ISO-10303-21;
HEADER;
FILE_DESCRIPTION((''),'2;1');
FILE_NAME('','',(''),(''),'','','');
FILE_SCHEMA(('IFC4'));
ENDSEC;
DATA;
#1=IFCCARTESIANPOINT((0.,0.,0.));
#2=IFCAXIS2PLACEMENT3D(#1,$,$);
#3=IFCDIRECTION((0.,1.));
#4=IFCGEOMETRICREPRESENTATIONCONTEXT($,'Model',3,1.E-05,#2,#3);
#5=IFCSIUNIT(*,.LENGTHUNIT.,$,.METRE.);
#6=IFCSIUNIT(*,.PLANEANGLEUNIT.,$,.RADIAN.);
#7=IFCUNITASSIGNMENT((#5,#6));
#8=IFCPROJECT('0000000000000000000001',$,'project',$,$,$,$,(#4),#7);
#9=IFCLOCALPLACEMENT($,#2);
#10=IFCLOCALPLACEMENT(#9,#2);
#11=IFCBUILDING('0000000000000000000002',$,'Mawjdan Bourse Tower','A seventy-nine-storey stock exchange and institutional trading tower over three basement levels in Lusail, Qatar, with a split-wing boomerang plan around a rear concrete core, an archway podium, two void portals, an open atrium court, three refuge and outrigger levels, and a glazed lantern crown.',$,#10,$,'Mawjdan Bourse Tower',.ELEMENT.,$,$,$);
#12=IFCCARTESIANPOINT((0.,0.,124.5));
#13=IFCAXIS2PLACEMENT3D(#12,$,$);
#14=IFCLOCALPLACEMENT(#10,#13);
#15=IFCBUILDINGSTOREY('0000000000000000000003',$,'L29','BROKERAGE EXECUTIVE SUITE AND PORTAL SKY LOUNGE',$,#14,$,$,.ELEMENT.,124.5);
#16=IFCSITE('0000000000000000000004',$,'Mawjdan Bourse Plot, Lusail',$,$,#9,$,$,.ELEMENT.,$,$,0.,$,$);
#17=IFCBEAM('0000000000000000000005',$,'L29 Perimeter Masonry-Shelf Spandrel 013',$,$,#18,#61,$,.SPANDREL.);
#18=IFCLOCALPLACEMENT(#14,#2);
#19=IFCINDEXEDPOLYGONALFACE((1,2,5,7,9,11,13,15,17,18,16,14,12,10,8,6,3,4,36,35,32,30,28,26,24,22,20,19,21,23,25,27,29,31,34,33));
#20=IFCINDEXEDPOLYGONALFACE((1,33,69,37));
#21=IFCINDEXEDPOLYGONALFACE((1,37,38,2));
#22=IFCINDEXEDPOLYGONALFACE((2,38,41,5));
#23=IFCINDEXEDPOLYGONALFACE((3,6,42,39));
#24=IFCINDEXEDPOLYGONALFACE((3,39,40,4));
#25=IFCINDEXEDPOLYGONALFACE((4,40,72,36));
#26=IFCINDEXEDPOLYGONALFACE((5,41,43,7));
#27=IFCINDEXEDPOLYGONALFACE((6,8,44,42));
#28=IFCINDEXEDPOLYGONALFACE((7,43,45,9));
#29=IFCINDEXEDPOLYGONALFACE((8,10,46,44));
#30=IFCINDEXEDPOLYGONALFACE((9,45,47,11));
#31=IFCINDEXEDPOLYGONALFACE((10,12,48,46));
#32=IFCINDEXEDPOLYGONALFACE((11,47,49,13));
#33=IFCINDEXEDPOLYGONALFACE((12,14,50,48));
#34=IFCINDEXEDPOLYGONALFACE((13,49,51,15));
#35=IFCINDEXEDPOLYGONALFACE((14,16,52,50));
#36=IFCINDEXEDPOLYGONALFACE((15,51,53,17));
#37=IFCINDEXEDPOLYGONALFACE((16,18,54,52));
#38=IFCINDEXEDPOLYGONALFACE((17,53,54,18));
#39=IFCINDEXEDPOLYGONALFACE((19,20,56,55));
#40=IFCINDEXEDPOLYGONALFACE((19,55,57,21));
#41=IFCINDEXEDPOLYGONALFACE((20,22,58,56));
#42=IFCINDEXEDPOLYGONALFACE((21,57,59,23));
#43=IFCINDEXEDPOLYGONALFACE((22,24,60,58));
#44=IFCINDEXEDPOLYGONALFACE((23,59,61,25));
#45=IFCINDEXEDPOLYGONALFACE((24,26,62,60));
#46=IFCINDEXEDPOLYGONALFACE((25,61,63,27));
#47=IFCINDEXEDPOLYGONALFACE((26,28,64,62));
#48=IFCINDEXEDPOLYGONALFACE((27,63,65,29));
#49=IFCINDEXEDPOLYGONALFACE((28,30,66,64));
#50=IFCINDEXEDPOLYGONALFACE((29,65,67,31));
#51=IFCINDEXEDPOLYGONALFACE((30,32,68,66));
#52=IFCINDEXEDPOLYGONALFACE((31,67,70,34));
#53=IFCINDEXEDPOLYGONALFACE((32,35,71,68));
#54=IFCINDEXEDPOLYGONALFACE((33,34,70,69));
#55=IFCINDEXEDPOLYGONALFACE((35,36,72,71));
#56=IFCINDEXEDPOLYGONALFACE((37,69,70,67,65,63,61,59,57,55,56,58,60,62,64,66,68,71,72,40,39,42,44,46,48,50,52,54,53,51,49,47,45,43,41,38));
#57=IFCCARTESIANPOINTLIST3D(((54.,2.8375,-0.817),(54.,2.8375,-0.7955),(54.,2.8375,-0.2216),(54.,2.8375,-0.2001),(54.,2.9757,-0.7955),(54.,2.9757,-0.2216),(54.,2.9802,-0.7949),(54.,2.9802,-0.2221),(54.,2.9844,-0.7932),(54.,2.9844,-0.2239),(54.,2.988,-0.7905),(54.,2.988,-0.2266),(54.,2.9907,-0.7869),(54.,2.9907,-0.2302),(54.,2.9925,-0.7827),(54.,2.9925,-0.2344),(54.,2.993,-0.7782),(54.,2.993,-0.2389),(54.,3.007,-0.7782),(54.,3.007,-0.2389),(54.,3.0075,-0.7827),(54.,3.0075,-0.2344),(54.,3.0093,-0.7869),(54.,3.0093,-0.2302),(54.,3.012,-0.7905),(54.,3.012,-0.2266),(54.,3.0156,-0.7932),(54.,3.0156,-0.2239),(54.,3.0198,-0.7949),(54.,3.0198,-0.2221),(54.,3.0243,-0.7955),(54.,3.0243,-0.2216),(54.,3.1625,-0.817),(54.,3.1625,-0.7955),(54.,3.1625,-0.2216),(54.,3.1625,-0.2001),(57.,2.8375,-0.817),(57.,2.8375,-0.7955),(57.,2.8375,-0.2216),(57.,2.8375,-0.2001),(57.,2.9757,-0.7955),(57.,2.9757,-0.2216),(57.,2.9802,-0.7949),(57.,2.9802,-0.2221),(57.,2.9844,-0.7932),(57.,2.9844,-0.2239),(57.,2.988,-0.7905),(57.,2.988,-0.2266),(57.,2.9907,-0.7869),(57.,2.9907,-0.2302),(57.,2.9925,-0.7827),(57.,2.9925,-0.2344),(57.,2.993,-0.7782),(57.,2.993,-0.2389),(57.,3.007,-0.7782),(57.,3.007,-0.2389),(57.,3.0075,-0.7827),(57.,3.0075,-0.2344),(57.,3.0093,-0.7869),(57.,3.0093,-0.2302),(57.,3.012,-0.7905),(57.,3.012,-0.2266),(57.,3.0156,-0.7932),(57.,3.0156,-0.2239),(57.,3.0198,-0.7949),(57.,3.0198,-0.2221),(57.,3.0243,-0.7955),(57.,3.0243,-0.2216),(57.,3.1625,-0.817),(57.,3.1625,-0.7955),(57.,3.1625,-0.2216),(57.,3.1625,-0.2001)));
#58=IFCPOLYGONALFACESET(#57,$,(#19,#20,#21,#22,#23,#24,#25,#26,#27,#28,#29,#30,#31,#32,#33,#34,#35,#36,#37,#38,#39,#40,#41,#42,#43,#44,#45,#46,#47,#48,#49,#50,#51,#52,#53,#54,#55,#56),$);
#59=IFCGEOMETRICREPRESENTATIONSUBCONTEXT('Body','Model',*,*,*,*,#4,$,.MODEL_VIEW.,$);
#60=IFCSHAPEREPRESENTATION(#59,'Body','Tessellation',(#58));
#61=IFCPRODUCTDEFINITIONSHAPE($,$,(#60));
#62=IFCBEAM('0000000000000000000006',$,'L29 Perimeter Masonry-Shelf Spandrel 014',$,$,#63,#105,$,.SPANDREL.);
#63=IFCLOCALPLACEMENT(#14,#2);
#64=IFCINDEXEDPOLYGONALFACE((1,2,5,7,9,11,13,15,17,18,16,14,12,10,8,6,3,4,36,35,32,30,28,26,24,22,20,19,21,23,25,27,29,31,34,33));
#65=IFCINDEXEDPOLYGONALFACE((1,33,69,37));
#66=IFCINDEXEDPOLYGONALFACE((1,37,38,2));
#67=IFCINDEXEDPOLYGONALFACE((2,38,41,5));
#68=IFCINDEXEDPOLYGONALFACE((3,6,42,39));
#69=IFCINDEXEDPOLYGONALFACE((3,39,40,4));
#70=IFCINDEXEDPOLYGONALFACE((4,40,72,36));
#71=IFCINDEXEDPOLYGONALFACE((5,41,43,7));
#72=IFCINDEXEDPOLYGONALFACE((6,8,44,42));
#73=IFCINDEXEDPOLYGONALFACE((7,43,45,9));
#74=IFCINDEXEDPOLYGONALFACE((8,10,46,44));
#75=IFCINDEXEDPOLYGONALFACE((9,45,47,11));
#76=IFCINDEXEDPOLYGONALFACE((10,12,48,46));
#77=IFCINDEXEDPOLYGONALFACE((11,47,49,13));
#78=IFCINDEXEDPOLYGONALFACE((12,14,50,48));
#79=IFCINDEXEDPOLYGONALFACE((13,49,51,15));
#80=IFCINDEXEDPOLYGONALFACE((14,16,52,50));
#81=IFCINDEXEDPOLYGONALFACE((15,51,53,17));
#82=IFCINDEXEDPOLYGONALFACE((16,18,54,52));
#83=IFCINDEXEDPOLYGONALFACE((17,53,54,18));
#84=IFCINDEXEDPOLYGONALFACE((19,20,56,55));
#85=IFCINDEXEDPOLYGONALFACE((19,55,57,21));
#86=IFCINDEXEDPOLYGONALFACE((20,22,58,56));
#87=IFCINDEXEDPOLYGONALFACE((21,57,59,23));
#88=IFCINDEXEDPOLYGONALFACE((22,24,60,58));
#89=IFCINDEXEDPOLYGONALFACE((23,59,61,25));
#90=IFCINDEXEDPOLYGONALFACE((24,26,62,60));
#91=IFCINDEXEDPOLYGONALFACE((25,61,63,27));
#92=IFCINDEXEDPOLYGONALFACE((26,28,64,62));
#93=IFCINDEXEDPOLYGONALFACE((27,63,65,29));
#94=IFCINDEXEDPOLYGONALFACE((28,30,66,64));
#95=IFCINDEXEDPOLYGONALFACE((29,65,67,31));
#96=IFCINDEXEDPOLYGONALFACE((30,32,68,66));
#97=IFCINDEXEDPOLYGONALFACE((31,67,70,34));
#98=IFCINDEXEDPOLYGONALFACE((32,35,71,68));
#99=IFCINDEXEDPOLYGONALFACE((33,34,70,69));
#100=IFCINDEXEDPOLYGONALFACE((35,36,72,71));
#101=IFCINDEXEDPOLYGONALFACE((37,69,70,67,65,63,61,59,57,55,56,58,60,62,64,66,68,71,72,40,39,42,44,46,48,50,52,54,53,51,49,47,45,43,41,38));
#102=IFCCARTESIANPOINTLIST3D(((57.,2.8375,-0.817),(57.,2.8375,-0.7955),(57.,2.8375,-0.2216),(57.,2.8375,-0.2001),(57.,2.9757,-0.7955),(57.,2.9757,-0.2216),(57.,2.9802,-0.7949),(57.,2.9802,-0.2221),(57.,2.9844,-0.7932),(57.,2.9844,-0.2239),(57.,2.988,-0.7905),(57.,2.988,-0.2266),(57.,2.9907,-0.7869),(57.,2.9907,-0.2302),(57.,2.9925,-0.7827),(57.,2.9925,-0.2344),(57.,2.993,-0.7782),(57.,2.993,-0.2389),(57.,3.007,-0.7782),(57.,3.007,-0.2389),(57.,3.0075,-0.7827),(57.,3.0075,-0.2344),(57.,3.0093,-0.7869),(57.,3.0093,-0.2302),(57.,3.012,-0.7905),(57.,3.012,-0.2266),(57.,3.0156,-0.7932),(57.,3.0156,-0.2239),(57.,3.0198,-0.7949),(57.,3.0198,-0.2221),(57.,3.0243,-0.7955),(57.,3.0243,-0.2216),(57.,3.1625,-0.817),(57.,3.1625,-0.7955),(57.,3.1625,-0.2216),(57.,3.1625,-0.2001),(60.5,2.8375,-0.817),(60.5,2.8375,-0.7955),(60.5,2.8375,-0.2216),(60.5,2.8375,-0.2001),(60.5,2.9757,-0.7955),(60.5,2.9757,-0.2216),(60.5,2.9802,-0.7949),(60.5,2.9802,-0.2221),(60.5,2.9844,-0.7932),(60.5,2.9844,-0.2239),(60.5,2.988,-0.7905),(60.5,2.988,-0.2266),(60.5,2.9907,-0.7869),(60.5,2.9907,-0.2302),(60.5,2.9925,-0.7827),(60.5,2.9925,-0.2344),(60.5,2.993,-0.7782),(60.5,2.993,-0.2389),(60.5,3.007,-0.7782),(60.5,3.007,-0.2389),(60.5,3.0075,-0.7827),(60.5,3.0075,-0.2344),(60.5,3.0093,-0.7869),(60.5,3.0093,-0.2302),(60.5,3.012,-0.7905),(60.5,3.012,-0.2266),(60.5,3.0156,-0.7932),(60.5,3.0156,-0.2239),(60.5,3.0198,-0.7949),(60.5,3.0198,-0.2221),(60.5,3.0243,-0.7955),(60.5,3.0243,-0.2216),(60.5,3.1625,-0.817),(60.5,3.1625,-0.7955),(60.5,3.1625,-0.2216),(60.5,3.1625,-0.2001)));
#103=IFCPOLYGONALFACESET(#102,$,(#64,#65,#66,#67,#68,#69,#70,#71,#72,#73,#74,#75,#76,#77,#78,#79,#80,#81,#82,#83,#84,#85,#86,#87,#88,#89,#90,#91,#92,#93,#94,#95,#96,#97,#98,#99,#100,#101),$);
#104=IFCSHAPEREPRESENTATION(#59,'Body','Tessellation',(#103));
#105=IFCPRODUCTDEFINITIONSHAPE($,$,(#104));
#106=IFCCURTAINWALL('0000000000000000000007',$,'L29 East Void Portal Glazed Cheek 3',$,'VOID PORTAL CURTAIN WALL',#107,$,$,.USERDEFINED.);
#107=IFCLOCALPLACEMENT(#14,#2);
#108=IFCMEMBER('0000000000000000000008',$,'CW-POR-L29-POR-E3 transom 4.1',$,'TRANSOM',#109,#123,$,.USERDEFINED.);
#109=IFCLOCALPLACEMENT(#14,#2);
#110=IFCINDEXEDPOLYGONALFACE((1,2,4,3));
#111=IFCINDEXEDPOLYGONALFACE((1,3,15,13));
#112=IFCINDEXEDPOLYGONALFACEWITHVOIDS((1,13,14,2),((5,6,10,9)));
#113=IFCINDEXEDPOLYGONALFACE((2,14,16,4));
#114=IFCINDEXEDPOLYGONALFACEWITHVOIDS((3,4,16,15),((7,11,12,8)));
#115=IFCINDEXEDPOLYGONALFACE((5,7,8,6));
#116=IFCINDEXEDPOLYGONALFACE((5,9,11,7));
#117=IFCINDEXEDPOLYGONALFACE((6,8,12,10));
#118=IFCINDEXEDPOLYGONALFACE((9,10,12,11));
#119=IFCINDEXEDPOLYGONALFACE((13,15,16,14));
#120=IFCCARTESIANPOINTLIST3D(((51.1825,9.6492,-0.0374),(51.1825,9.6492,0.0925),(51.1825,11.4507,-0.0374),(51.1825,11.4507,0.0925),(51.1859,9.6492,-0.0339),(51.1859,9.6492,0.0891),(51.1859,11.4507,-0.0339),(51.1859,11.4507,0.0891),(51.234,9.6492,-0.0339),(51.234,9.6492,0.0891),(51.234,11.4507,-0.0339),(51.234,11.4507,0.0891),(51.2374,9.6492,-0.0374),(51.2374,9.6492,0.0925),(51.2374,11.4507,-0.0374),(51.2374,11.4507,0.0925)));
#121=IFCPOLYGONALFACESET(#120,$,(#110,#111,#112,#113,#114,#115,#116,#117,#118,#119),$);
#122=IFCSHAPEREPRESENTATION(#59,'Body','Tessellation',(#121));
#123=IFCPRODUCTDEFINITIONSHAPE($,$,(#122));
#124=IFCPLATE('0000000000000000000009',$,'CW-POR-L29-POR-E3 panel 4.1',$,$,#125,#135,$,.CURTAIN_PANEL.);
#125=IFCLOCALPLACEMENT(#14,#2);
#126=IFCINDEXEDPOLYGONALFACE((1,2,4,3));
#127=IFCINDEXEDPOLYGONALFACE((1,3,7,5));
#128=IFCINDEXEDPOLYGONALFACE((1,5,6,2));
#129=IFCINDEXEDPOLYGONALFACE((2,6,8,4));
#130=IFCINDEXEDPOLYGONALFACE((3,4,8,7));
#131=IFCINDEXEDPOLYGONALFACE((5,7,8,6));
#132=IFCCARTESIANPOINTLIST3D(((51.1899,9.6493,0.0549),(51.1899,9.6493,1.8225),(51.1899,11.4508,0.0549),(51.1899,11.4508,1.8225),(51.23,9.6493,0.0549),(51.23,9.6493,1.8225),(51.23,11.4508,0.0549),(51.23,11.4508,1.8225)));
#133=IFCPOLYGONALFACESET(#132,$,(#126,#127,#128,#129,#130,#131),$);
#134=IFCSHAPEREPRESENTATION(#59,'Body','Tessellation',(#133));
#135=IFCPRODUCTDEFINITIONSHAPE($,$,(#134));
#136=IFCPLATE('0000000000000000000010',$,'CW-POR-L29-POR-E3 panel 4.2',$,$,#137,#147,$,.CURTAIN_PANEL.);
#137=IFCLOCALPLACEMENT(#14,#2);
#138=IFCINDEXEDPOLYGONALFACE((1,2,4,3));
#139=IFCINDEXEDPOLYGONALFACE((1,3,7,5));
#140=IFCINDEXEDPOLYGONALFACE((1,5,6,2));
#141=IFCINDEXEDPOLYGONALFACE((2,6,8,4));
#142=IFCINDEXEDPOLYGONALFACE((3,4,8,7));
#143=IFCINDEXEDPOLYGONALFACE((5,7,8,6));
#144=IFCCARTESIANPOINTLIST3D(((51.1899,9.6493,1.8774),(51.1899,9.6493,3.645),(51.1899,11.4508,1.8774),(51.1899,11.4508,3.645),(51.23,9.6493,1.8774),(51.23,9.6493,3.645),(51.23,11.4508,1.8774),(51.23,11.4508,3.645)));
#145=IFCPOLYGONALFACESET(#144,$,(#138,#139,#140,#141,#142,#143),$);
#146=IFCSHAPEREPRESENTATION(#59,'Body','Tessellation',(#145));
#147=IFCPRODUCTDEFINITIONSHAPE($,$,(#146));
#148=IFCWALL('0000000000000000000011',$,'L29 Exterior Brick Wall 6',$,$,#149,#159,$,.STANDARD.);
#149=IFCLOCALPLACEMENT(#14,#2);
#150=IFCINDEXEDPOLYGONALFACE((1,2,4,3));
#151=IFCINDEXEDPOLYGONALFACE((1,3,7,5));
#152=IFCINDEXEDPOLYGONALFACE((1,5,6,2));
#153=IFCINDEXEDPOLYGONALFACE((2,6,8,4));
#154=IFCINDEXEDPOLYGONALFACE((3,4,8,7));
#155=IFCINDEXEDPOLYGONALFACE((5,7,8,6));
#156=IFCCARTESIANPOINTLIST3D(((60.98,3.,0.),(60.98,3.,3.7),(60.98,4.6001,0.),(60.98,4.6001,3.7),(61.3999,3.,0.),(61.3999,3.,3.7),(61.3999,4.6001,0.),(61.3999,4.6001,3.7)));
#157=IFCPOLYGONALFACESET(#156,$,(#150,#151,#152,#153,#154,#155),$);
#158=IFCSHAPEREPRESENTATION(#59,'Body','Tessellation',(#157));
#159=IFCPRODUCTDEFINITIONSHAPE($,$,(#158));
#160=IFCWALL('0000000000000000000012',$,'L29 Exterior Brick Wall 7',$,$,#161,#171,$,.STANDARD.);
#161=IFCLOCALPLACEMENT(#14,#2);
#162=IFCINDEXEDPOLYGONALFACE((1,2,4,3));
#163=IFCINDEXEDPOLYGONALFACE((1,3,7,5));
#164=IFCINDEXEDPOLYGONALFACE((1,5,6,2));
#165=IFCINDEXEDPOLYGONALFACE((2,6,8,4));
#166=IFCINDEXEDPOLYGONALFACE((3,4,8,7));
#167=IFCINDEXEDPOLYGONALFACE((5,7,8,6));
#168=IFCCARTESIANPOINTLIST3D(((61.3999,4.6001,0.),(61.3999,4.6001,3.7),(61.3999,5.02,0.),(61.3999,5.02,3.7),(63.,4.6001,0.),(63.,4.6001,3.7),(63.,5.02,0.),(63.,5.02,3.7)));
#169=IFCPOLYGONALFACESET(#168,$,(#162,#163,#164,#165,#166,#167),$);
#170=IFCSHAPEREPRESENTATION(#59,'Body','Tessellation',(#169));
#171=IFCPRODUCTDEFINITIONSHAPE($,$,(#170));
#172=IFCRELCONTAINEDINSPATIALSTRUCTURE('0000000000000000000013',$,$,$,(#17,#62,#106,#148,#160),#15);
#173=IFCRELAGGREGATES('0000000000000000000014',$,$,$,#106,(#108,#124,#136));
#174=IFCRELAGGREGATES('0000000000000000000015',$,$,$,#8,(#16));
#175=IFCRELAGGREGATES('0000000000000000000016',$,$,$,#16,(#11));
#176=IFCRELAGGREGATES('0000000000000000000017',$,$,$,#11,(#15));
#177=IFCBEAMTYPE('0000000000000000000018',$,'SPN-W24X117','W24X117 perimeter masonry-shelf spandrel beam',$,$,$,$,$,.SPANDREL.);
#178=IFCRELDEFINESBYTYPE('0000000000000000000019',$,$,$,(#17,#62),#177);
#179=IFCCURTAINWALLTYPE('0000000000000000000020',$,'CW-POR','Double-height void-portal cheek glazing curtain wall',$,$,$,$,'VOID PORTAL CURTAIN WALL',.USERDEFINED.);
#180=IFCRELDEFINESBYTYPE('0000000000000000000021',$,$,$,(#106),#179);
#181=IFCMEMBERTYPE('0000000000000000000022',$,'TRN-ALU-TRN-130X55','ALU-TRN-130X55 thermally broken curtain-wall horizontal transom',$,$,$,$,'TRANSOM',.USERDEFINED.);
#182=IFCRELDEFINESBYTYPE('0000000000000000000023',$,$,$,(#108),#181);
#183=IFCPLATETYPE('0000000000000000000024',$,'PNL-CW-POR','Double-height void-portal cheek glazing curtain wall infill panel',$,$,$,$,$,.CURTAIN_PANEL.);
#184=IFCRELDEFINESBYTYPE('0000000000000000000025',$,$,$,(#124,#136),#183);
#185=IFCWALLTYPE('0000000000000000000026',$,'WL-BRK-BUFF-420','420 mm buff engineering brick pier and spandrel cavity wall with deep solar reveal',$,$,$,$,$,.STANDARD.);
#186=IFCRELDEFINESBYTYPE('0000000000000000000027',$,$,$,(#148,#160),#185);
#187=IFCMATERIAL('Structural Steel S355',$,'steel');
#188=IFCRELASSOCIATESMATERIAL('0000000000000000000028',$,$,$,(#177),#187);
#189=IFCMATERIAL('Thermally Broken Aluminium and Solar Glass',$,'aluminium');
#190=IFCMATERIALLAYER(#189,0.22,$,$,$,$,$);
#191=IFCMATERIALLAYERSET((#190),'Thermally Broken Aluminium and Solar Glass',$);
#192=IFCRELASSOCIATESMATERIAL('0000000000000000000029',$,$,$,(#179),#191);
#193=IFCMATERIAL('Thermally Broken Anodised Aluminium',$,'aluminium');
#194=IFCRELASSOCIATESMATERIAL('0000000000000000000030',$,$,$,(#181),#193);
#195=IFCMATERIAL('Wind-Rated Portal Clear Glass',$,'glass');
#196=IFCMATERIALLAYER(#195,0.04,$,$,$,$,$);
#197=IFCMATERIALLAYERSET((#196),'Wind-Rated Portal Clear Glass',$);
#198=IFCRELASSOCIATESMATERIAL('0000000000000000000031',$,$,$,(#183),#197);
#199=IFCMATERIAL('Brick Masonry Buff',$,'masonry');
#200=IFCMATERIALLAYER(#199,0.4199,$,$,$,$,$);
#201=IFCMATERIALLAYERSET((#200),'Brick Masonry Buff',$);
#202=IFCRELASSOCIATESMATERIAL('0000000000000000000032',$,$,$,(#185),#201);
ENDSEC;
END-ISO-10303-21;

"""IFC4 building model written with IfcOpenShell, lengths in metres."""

from ifc_helpers import new_model, si_unit, direction, frame, frame_2d, origin, origin_2d, place, context, subcontext, project, spatial, rectangle, hollow_rectangle, i_section, extrude, material, layer, layer_set, material_profile, profile_set, type_object, element, aggregate, save


model = new_model("IFC4")

# Units and contexts
model_context = context("Model", 3, precision=1e-05, world=origin(), true_north=direction((0.0, 1.0)))
body_context = subcontext(model_context, "Body", "Model", "MODEL_VIEW")
ifc_project = project(units=[si_unit("LENGTHUNIT", "METRE"), si_unit("PLANEANGLEUNIT", "RADIAN")], contexts=[model_context])

# Site, building, storey
site_placement = place(None, origin())
site = spatial("IfcSite", under=ifc_project, at=site_placement, Name="Mawjdan Bourse Plot, Lusail", CompositionType="ELEMENT", RefElevation=0.0)
building_placement = place(site_placement, origin())
building = spatial("IfcBuilding", under=site, at=building_placement, Name="Mawjdan Bourse Tower", Description="A seventy-nine-storey stock exchange and institutional trading tower over three basement levels in Lusail, Qatar, with a split-wing boomerang plan around a rear concrete core, an archway podium, two void portals, an open atrium court, three refuge and outrigger levels, and a glazed lantern crown.", LongName="Mawjdan Bourse Tower", CompositionType="ELEMENT")
storey_placement = place(building_placement, frame((0.0, 0.0, 124.5)))
storey = spatial("IfcBuildingStorey", under=building, at=storey_placement, Name="L29", Description="BROKERAGE EXECUTIVE SUITE AND PORTAL SKY LOUNGE", CompositionType="ELEMENT", Elevation=124.5)

# Beams
ifc_material_1 = material(Name="Structural Steel S355", Category="steel")
ifc_material_profile_1 = material_profile(ifc_material_1, i_section(OverallWidth=0.325, OverallDepth=0.6169, WebThickness=0.0139, FlangeThickness=0.0215, FilletRadius=0.0173, at=origin_2d()), Name="W24X117")
ifc_profile_set_1 = profile_set([ifc_material_profile_1], Name="Structural Steel S355")
beam_type_1 = type_object("IfcBeamType", Name="SPN-W24X117", Description="W24X117 perimeter masonry-shelf spandrel beam", PredefinedType="SPANDREL", material=ifc_profile_set_1)
beam_1_placement = place(storey_placement, frame((54.0, 3.0, -0.5085), z_axis=(1.0, 0.0, 0.0), x_axis=(0.0, 1.0, 0.0)))
element("IfcBeam", 1, at=beam_1_placement, inside=storey, type_object=beam_type_1, Name="L29 Perimeter Masonry-Shelf Spandrel 013", PredefinedType="SPANDREL", context=body_context, shape_type="SweptSolid", body=[
    extrude(i_section(OverallWidth=0.325, OverallDepth=0.6169, WebThickness=0.0139, FlangeThickness=0.0215, FilletRadius=0.0173, at=origin_2d()), origin(), (0.0, 0.0, 1.0), 3.0),
])
beam_2_placement = place(storey_placement, frame((57.0, 3.0, -0.5085), z_axis=(1.0, 0.0, 0.0), x_axis=(0.0, 1.0, 0.0)))
element("IfcBeam", 2, at=beam_2_placement, inside=storey, type_object=beam_type_1, Name="L29 Perimeter Masonry-Shelf Spandrel 014", PredefinedType="SPANDREL", context=body_context, shape_type="SweptSolid", body=[
    extrude(i_section(OverallWidth=0.325, OverallDepth=0.6169, WebThickness=0.0139, FlangeThickness=0.0215, FilletRadius=0.0173, at=origin_2d()), origin(), (0.0, 0.0, 1.0), 3.5),
])

# Curtain wall, member, plates
ifc_material_2 = material(Name="Thermally Broken Aluminium and Solar Glass", Category="aluminium")
ifc_layer_1 = layer(ifc_material_2, 0.22)
ifc_layer_set_1 = layer_set([ifc_layer_1], Name="Thermally Broken Aluminium and Solar Glass")
curtain_wall_type = type_object("IfcCurtainWallType", Name="CW-POR", Description="Double-height void-portal cheek glazing curtain wall", ElementType="VOID PORTAL CURTAIN WALL", PredefinedType="USERDEFINED", material=ifc_layer_set_1)
curtain_wall_placement = place(storey_placement, origin())
curtain_wall = element("IfcCurtainWall", 3, at=curtain_wall_placement, inside=storey, type_object=curtain_wall_type, Name="L29 East Void Portal Glazed Cheek 3", ObjectType="VOID PORTAL CURTAIN WALL", PredefinedType="USERDEFINED")
ifc_material_3 = material(Name="Thermally Broken Anodised Aluminium", Category="aluminium")
ifc_material_profile_2 = material_profile(ifc_material_3, hollow_rectangle(XDim=0.0549, YDim=0.1299, WallThickness=0.0034, at=origin_2d()), Name="ALU-TRN-130X55")
ifc_profile_set_2 = profile_set([ifc_material_profile_2], Name="Thermally Broken Anodised Aluminium")
member_type = type_object("IfcMemberType", Name="TRN-ALU-TRN-130X55", Description="ALU-TRN-130X55 thermally broken curtain-wall horizontal transom", ElementType="TRANSOM", PredefinedType="USERDEFINED", material=ifc_profile_set_2)
member_placement = place(storey_placement, frame((51.21, 11.4507, 0.0276), z_axis=(0.0, -1.0, 0.0), x_axis=(1.0, 0.0, 0.0)))
member = element("IfcMember", 4, at=member_placement, type_object=member_type, Name="CW-POR-L29-POR-E3 transom 4.1", ObjectType="TRANSOM", PredefinedType="USERDEFINED", context=body_context, shape_type="SweptSolid", body=[
    extrude(hollow_rectangle(XDim=0.0549, YDim=0.1299, WallThickness=0.0034, at=origin_2d()), origin(), (0.0, 0.0, 1.0), 1.8015),
])
ifc_material_4 = material(Name="Wind-Rated Portal Clear Glass", Category="glass")
ifc_layer_2 = layer(ifc_material_4, 0.04)
ifc_layer_set_2 = layer_set([ifc_layer_2], Name="Wind-Rated Portal Clear Glass")
plate_type = type_object("IfcPlateType", Name="PNL-CW-POR", Description="Double-height void-portal cheek glazing curtain wall infill panel", PredefinedType="CURTAIN_PANEL", material=ifc_layer_set_2)
plate_1_placement = place(storey_placement, frame((51.21, 10.55, 0.0549), z_axis=(0.0, 0.0, 1.0), x_axis=(0.0, -1.0, 0.0)))
plate_1 = element("IfcPlate", 5, at=plate_1_placement, type_object=plate_type, Name="CW-POR-L29-POR-E3 panel 4.1", PredefinedType="CURTAIN_PANEL", context=body_context, shape_type="SweptSolid", body=[
    extrude(rectangle(XDim=1.8015, YDim=0.04, at=origin_2d()), origin(), (0.0, 0.0, 1.0), 1.7676),
])
plate_2_placement = place(storey_placement, frame((51.21, 10.55, 1.8774), z_axis=(0.0, 0.0, 1.0), x_axis=(0.0, -1.0, 0.0)))
plate_2 = element("IfcPlate", 6, at=plate_2_placement, type_object=plate_type, Name="CW-POR-L29-POR-E3 panel 4.2", PredefinedType="CURTAIN_PANEL", context=body_context, shape_type="SweptSolid", body=[
    extrude(rectangle(XDim=1.8015, YDim=0.04, at=origin_2d()), origin(), (0.0, 0.0, 1.0), 1.7676),
])
aggregate(curtain_wall, [member, plate_1, plate_2])

# Walls
ifc_material_5 = material(Name="Brick Masonry Buff", Category="masonry")
ifc_layer_3 = layer(ifc_material_5, 0.4199)
ifc_layer_set_3 = layer_set([ifc_layer_3], Name="Brick Masonry Buff")
wall_type_1 = type_object("IfcWallType", Name="WL-BRK-BUFF-420", Description="420 mm buff engineering brick pier and spandrel cavity wall with deep solar reveal", PredefinedType="STANDARD", material=ifc_layer_set_3)
for number, where, z_axis, x_axis, name in (
    (7, (61.1899, 3.0, 0.0), (0.0, 0.0, 1.0), (0.0, 1.0, 0.0), "L29 Exterior Brick Wall 6"),
    (8, (61.3999, 4.8101, 0.0), (0.0, 0.0, 1.0), (1.0, 0.0, 0.0), "L29 Exterior Brick Wall 7"),
):
    element("IfcWall", number, at=place(storey_placement, frame(where, z_axis=z_axis, x_axis=x_axis)), inside=storey, type_object=wall_type_1, Name=name, PredefinedType="STANDARD", context=body_context, shape_type="SweptSolid", body=[
        extrude(rectangle(XDim=1.6001, YDim=0.4199, at=frame_2d((0.8, 0.0))), origin(), (0.0, 0.0, 1.0), 3.7),
    ])

save(model, "model.ifc")
